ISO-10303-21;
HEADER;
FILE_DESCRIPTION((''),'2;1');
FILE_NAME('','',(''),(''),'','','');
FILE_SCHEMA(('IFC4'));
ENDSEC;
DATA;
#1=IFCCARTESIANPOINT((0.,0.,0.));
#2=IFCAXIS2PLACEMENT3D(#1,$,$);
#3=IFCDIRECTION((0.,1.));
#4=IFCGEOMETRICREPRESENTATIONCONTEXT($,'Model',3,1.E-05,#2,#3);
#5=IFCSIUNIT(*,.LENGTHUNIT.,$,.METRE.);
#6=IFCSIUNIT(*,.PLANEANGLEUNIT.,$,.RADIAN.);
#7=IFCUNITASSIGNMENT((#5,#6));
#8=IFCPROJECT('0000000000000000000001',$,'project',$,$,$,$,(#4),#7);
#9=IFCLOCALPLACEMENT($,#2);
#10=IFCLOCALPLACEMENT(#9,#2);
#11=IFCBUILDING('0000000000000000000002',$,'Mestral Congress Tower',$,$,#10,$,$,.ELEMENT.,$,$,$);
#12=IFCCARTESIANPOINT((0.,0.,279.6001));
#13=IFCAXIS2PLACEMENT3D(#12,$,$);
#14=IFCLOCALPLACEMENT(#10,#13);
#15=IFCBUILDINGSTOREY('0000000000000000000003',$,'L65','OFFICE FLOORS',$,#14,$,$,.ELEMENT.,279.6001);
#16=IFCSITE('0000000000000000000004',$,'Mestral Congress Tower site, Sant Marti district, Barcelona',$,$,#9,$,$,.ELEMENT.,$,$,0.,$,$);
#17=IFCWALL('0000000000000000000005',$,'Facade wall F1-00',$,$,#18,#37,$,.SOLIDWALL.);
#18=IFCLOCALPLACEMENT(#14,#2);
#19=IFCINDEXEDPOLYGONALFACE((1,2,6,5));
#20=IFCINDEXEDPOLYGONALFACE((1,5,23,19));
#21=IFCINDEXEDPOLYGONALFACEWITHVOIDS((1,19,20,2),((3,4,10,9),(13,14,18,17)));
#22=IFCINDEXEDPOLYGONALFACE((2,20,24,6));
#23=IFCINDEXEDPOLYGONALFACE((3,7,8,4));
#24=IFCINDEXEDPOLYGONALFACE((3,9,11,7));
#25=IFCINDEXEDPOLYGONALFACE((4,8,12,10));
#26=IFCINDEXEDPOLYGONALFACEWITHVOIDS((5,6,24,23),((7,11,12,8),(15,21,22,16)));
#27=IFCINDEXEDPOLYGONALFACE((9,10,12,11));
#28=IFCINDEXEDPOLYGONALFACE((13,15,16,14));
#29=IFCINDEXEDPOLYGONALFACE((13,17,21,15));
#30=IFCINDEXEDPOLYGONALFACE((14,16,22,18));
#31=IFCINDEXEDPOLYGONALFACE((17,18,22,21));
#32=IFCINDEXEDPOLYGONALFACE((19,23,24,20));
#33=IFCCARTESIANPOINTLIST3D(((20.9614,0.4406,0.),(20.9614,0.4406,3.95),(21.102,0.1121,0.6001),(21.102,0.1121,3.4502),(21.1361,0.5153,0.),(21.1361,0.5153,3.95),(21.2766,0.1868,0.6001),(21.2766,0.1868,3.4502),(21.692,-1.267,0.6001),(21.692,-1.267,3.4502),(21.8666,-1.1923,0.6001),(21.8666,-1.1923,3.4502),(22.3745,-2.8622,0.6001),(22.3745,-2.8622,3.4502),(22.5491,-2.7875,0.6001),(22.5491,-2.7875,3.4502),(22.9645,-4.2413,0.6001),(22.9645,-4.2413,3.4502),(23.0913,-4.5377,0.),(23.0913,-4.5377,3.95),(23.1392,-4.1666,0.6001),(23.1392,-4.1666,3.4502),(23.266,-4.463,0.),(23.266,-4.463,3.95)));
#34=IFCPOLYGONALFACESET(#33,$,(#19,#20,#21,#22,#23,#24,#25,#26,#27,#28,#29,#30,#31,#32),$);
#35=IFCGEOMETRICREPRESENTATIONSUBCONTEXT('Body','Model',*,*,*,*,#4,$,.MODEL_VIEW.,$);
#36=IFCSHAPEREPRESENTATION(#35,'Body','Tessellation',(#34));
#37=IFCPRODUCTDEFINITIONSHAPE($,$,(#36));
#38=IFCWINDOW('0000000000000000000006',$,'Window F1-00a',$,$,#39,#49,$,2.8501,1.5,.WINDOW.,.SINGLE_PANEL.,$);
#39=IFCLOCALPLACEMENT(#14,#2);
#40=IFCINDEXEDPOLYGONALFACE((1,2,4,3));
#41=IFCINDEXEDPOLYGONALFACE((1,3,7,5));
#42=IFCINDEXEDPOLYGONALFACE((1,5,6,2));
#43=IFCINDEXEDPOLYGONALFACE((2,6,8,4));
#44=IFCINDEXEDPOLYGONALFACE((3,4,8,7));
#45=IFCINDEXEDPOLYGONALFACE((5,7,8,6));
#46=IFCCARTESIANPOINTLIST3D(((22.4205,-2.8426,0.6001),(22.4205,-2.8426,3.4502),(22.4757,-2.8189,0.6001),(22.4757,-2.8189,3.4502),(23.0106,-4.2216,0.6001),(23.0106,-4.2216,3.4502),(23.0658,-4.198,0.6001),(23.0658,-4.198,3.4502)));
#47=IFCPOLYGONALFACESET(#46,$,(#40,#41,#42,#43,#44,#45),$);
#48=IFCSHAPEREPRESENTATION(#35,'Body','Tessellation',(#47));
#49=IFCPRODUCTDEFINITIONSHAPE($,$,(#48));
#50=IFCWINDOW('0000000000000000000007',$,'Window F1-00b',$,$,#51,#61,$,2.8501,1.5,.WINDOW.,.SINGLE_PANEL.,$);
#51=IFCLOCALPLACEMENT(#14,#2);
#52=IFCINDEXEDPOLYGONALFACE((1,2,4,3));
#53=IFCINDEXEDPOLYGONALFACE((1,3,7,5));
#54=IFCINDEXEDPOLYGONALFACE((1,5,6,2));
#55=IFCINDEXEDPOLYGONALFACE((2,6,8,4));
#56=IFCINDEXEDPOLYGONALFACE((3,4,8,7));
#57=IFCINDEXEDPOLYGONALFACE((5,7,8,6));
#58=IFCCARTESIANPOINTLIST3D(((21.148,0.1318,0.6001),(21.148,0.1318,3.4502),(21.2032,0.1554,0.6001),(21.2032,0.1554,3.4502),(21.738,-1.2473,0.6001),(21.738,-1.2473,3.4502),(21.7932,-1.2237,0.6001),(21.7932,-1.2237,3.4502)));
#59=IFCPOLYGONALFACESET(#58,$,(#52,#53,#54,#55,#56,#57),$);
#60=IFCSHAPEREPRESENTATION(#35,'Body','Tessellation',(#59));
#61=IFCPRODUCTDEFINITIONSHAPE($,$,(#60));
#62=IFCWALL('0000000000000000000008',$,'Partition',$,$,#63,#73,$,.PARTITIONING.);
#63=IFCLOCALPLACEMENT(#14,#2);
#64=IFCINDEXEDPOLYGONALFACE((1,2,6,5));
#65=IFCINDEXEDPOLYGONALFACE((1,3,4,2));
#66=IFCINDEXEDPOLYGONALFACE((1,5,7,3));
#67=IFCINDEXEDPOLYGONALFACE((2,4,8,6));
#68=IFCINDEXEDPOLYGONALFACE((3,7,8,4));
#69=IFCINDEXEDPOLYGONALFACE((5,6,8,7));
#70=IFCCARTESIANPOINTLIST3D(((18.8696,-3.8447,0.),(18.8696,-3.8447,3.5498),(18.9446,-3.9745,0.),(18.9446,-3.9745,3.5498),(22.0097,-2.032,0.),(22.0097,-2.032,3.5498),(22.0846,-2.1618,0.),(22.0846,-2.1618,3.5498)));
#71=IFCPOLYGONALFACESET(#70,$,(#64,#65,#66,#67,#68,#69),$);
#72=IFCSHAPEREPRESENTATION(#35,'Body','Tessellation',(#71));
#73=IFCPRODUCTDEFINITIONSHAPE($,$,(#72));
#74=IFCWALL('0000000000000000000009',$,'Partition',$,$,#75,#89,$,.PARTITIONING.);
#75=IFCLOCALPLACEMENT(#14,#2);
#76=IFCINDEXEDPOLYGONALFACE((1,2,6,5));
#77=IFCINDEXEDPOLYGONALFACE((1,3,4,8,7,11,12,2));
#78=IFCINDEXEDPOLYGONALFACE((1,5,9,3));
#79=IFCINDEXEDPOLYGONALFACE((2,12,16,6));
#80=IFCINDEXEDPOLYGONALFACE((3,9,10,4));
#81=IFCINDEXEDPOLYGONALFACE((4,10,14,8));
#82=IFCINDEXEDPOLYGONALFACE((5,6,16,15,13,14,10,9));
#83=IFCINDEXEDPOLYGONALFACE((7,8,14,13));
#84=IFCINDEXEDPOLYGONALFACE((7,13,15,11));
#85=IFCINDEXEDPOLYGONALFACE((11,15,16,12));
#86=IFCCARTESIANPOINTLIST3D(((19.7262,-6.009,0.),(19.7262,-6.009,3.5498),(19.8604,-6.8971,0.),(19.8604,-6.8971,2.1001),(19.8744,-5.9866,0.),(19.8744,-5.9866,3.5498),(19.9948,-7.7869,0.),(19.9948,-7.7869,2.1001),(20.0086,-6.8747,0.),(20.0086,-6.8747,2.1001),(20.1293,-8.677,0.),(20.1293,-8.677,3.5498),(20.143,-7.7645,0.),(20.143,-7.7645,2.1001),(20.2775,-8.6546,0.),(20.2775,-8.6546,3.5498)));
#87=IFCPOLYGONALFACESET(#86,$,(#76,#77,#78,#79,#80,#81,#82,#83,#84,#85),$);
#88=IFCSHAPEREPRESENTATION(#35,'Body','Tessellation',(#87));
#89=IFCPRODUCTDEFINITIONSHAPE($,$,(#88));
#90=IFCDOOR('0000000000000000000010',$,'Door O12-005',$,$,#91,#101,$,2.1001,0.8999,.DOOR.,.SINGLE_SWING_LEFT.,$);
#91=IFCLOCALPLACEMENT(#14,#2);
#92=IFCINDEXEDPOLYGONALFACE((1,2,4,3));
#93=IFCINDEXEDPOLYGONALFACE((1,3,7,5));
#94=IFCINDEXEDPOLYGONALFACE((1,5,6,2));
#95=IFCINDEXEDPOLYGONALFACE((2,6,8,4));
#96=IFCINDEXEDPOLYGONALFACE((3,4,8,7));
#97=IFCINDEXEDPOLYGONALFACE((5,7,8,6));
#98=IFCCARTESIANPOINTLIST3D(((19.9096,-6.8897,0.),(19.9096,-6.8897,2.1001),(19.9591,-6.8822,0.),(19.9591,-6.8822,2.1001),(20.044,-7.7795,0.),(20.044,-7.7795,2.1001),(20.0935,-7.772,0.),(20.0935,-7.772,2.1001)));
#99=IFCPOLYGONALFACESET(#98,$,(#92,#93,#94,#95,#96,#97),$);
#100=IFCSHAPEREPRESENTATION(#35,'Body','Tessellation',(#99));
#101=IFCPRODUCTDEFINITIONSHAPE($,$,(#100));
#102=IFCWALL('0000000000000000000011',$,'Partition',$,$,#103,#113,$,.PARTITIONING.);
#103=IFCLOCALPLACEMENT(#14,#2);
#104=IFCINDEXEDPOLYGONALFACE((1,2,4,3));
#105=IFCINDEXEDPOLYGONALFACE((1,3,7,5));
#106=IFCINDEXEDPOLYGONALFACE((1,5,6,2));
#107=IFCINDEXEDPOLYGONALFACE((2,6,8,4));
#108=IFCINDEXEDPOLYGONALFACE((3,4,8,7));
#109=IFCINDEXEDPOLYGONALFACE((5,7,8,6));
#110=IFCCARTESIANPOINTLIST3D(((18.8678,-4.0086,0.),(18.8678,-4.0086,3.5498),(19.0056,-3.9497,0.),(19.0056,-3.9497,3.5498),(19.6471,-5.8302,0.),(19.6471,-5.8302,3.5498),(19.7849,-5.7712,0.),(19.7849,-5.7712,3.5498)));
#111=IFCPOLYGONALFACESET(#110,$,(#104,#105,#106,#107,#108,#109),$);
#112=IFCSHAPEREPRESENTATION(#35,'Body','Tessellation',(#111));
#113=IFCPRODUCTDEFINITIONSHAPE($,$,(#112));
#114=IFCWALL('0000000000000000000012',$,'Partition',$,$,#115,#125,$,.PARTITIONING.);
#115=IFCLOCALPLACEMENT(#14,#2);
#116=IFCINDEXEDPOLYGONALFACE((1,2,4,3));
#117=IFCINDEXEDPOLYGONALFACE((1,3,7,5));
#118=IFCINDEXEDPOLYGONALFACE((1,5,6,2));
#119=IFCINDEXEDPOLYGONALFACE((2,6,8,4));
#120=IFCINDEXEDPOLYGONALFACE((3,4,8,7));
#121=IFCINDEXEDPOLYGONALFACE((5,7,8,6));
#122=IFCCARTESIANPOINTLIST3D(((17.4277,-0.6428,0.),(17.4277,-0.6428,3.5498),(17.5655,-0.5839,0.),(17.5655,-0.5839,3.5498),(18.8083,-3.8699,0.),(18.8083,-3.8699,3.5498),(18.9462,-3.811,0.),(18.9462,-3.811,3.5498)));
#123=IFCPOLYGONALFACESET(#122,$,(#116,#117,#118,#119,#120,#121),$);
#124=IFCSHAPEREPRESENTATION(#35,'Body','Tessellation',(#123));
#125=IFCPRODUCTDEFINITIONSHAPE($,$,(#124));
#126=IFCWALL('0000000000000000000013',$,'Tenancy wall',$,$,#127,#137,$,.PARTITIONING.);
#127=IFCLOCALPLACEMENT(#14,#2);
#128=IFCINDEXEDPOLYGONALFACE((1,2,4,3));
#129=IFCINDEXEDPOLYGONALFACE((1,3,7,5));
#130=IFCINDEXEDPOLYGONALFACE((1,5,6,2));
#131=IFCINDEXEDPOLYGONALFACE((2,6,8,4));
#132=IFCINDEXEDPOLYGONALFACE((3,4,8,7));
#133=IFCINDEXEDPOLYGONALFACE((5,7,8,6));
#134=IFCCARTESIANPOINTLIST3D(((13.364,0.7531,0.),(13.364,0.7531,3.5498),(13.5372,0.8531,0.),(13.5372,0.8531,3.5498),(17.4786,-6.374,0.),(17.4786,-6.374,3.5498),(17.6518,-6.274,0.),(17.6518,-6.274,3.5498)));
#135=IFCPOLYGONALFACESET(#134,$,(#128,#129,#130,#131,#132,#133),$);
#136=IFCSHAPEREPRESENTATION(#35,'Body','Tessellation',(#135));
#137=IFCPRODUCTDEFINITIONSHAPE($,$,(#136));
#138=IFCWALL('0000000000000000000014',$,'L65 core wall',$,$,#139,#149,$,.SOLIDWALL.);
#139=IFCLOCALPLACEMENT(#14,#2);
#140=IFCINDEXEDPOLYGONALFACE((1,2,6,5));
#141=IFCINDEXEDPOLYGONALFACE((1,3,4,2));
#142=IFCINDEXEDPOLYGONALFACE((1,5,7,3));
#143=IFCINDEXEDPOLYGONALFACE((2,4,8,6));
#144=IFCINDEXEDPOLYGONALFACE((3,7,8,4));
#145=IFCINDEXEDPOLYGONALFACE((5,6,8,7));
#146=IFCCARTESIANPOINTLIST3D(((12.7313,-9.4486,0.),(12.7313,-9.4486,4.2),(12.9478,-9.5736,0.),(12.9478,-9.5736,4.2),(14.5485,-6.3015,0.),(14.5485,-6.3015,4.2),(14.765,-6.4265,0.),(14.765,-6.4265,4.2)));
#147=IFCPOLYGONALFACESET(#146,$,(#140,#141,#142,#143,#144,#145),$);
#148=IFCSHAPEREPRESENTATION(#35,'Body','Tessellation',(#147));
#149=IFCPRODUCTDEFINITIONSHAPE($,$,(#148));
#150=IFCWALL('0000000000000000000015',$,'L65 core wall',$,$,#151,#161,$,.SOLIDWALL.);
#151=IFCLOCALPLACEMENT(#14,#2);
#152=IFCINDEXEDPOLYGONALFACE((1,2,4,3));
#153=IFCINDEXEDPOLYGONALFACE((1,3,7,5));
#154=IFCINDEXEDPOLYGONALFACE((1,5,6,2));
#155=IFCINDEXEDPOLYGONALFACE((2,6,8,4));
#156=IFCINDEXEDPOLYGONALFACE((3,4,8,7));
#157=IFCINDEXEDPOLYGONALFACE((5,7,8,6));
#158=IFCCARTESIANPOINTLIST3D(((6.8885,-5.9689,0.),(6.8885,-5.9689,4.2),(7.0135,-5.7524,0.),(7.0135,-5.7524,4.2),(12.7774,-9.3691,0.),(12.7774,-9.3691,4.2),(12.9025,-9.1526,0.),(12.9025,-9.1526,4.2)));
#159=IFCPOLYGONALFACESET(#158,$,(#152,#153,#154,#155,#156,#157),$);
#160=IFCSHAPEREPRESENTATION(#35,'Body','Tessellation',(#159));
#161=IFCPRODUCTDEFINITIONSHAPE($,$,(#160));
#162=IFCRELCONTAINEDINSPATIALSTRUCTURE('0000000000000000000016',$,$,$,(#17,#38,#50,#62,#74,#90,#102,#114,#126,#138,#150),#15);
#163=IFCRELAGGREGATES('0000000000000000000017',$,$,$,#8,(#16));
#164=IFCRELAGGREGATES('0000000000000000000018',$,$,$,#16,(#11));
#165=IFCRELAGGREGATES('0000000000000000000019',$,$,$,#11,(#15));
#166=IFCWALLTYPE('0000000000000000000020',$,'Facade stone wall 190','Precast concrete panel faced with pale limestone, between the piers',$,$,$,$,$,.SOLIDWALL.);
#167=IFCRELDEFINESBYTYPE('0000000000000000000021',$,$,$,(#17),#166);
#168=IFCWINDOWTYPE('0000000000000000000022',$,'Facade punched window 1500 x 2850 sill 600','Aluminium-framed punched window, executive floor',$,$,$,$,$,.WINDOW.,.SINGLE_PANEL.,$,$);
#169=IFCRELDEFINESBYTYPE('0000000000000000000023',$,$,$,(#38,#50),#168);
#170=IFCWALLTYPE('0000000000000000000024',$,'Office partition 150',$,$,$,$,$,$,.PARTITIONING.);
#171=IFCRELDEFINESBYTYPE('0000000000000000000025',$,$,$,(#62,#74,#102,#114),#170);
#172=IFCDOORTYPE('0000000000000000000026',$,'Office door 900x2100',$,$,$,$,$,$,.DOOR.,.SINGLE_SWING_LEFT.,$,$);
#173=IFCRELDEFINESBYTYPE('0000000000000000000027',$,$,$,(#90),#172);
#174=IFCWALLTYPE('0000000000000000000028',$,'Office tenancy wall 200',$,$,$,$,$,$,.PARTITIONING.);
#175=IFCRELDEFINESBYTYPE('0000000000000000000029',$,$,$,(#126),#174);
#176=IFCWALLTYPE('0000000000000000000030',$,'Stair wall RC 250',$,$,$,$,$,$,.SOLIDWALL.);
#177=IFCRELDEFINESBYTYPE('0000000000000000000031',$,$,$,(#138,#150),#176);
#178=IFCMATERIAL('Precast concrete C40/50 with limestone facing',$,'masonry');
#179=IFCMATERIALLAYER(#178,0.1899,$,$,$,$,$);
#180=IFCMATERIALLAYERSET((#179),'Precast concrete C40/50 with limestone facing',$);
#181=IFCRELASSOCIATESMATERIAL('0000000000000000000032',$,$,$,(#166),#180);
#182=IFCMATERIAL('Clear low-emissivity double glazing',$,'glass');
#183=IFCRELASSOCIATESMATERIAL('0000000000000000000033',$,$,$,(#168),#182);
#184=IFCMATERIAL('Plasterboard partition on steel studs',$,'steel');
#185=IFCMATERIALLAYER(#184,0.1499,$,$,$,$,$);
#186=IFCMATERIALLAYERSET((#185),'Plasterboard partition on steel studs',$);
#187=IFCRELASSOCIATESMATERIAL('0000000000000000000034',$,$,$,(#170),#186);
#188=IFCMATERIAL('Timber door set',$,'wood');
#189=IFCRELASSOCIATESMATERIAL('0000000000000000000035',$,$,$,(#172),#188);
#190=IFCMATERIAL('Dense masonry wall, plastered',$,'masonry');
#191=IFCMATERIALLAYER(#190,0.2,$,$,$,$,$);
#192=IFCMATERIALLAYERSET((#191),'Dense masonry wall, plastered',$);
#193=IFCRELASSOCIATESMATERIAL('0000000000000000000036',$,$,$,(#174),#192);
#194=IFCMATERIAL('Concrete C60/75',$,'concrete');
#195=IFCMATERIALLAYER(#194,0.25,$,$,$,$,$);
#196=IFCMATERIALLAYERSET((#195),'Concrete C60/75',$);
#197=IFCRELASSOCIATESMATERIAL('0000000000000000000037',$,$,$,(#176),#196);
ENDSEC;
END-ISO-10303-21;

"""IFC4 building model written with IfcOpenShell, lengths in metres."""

from ifc_helpers import new_model, si_unit, direction, frame, frame_2d, origin, place, context, subcontext, project, spatial, rectangle, extrude, material, layer, layer_set, type_object, element, fill, save


model = new_model("IFC4")

# Units and contexts
model_context = context("Model", 3, precision=1e-05, world=origin(), true_north=direction((0.0, 1.0)))
body_context = subcontext(model_context, "Body", "Model", "MODEL_VIEW")
ifc_project = project(units=[si_unit("LENGTHUNIT", "METRE"), si_unit("PLANEANGLEUNIT", "RADIAN")], contexts=[model_context])

# Site, building, storey
site_placement = place(None, origin())
site = spatial("IfcSite", under=ifc_project, at=site_placement, Name="Mestral Congress Tower site, Sant Marti district, Barcelona", CompositionType="ELEMENT", RefElevation=0.0)
building_placement = place(site_placement, origin())
building = spatial("IfcBuilding", under=site, at=building_placement, Name="Mestral Congress Tower", CompositionType="ELEMENT")
storey_placement = place(building_placement, frame((0.0, 0.0, 279.6001)))
storey = spatial("IfcBuildingStorey", under=building, at=storey_placement, Name="L65", Description="OFFICE FLOORS", CompositionType="ELEMENT", Elevation=279.6001)

# Shared definitions
ifc_material_1 = material(Name="Concrete C60/75", Category="concrete")

# Shared definitions
ifc_material_2 = material(Name="Precast concrete C40/50 with limestone facing", Category="masonry")
ifc_layer_1 = layer(ifc_material_2, 0.1899)
ifc_layer_set_1 = layer_set([ifc_layer_1], Name="Precast concrete C40/50 with limestone facing")
wall_type_1 = type_object("IfcWallType", Name="Facade stone wall 190", Description="Precast concrete panel faced with pale limestone, between the piers", PredefinedType="SOLIDWALL", material=ifc_layer_set_1)
ifc_material_3 = material(Name="Clear low-emissivity double glazing", Category="glass")

# Wall, openings, windows
wall_1_placement = place(storey_placement, frame((23.1787, -4.5005, 0.0), z_axis=(0.0, 0.0, 1.0), x_axis=(-0.393348, 0.91939, 0.0)))
wall_1 = element("IfcWall", 1, at=wall_1_placement, inside=storey, type_object=wall_type_1, Name="Facade wall F1-00", PredefinedType="SOLIDWALL", context=body_context, shape_type="SweptSolid", body=[
    extrude(rectangle(XDim=5.4148, YDim=0.1899, at=frame_2d((2.7075, 0.0))), origin(), (0.0, 0.0, 1.0), 3.95),
])
opening_1_placement = place(wall_1_placement, frame((0.3225, 0.0, 0.6001)))
opening_1 = element("IfcOpeningElement", 2, at=opening_1_placement, cuts=wall_1, PredefinedType="OPENING", context=body_context, shape_type="SweptSolid", body=[
    extrude(rectangle(XDim=1.5, YDim=2.8501, at=frame_2d((0.75, 1.425))), frame((0.0, 0.105, 0.0), z_axis=(0.0, -1.0, 0.0), x_axis=(1.0, 0.0, 0.0)), (0.0, 0.0, 1.0), 0.21),
])
opening_2_placement = place(wall_1_placement, frame((3.5576, 0.0, 0.6001)))
opening_2 = element("IfcOpeningElement", 3, at=opening_2_placement, cuts=wall_1, PredefinedType="OPENING", context=body_context, shape_type="SweptSolid", body=[
    extrude(rectangle(XDim=1.5, YDim=2.8501, at=frame_2d((0.75, 1.425))), frame((0.0, 0.105, 0.0), z_axis=(0.0, -1.0, 0.0), x_axis=(1.0, 0.0, 0.0)), (0.0, 0.0, 1.0), 0.21),
])
window_type_1 = type_object("IfcWindowType", Name="Facade punched window 1500 x 2850 sill 600", Description="Aluminium-framed punched window, executive floor", PartitioningType="SINGLE_PANEL", PredefinedType="WINDOW", material=ifc_material_3)
window_1_placement = place(opening_1_placement, origin())
window_1 = element("IfcWindow", 4, at=window_1_placement, inside=storey, type_object=window_type_1, Name="Window F1-00a", OverallHeight=2.8501, OverallWidth=1.5, PartitioningType="SINGLE_PANEL", PredefinedType="WINDOW", context=body_context, shape_type="SweptSolid", body=[
    extrude(rectangle(XDim=1.5, YDim=2.8501, at=frame_2d((0.75, 1.425))), frame((0.0, 0.0449, 0.0), z_axis=(0.0, -1.0, 0.0), x_axis=(1.0, 0.0, 0.0)), (0.0, 0.0, 1.0), 0.0601),
])
fill(opening_1, window_1)
window_2_placement = place(opening_2_placement, origin())
window_2 = element("IfcWindow", 5, at=window_2_placement, inside=storey, type_object=window_type_1, Name="Window F1-00b", OverallHeight=2.8501, OverallWidth=1.5, PartitioningType="SINGLE_PANEL", PredefinedType="WINDOW", context=body_context, shape_type="SweptSolid", body=[
    extrude(rectangle(XDim=1.5, YDim=2.8501, at=frame_2d((0.75, 1.425))), frame((0.0, 0.0449, 0.0), z_axis=(0.0, -1.0, 0.0), x_axis=(1.0, 0.0, 0.0)), (0.0, 0.0, 1.0), 0.0601),
])
fill(opening_2, window_2)

# Wall
ifc_material_4 = material(Name="Plasterboard partition on steel studs", Category="steel")
ifc_layer_2 = layer(ifc_material_4, 0.1499)
ifc_layer_set_2 = layer_set([ifc_layer_2], Name="Plasterboard partition on steel studs")
wall_type_2 = type_object("IfcWallType", Name="Office partition 150", PredefinedType="PARTITIONING", material=ifc_layer_set_2)
wall_2_placement = place(storey_placement, frame((18.907, -3.9097, 0.0), z_axis=(0.0, 0.0, 1.0), x_axis=(0.866051, 0.499956, 0.0)))
element("IfcWall", 6, at=wall_2_placement, inside=storey, type_object=wall_type_2, Name="Partition", PredefinedType="PARTITIONING", context=body_context, shape_type="SweptSolid", body=[
    extrude(rectangle(XDim=3.6257, YDim=0.1499, at=frame_2d((1.813, 0.0))), origin(), (0.0, 0.0, 1.0), 3.5498),
])

# Wall, opening, door
wall_3_placement = place(storey_placement, frame((19.8003, -5.9978, 0.0), z_axis=(0.0, 0.0, 1.0), x_axis=(0.149385, -0.988779, 0.0)))
wall_3 = element("IfcWall", 7, at=wall_3_placement, inside=storey, type_object=wall_type_2, Name="Partition", PredefinedType="PARTITIONING", context=body_context, shape_type="SweptSolid", body=[
    extrude(rectangle(XDim=2.6982, YDim=0.1499, at=frame_2d((1.3491, 0.0))), origin(), (0.0, 0.0, 1.0), 3.5498),
])
opening_3_placement = place(wall_3_placement, frame((0.8982, 0.0, 0.0)))
opening_3 = element("IfcOpeningElement", 8, at=opening_3_placement, cuts=wall_3, PredefinedType="OPENING", context=body_context, shape_type="SweptSolid", body=[
    extrude(rectangle(XDim=0.8999, YDim=2.1001, at=frame_2d((0.45, 1.05))), frame((0.0, 0.085, 0.0), z_axis=(0.0, -1.0, 0.0), x_axis=(1.0, 0.0, 0.0)), (0.0, 0.0, 1.0), 0.1699),
])
ifc_material_5 = material(Name="Timber door set", Category="wood")
door_type_1 = type_object("IfcDoorType", Name="Office door 900x2100", OperationType="SINGLE_SWING_LEFT", PredefinedType="DOOR", material=ifc_material_5)
door_1_placement = place(opening_3_placement, origin())
door_1 = element("IfcDoor", 9, at=door_1_placement, inside=storey, type_object=door_type_1, Name="Door O12-005", OperationType="SINGLE_SWING_LEFT", OverallHeight=2.1001, OverallWidth=0.8999, PredefinedType="DOOR", context=body_context, shape_type="SweptSolid", body=[
    extrude(rectangle(XDim=0.8999, YDim=2.1001, at=frame_2d((0.45, 1.05))), frame((0.0, 0.0249, 0.0), z_axis=(0.0, -1.0, 0.0), x_axis=(1.0, 0.0, 0.0)), (0.0, 0.0, 1.0), 0.05),
])
fill(opening_3, door_1)

# Walls
wall_4_placement = place(storey_placement, frame((19.7161, -5.8008, 0.0), z_axis=(0.0, 0.0, 1.0), x_axis=(-0.393339, 0.919393, 0.0)))
element("IfcWall", 10, at=wall_4_placement, inside=storey, type_object=wall_type_2, Name="Partition", PredefinedType="PARTITIONING", context=body_context, shape_type="SweptSolid", body=[
    extrude(rectangle(XDim=1.9812, YDim=0.1499, at=frame_2d((0.9907, 0.0))), origin(), (0.0, 0.0, 1.0), 3.5498),
])
wall_5_placement = place(storey_placement, frame((18.8772, -3.8403, 0.0), z_axis=(0.0, 0.0, 1.0), x_axis=(-0.39334, 0.919393, 0.0)))
element("IfcWall", 11, at=wall_5_placement, inside=storey, type_object=wall_type_2, Name="Partition", PredefinedType="PARTITIONING", context=body_context, shape_type="SweptSolid", body=[
    extrude(rectangle(XDim=3.51, YDim=0.1499, at=frame_2d((1.7549, 0.0))), origin(), (0.0, 0.0, 1.0), 3.5498),
])
ifc_material_6 = material(Name="Dense masonry wall, plastered", Category="masonry")
ifc_layer_3 = layer(ifc_material_6, 0.2)
ifc_layer_set_3 = layer_set([ifc_layer_3], Name="Dense masonry wall, plastered")
wall_type_3 = type_object("IfcWallType", Name="Office tenancy wall 200", PredefinedType="PARTITIONING", material=ifc_layer_set_3)
wall_6_placement = place(storey_placement, frame((17.5652, -6.324, 0.0), z_axis=(0.0, 0.0, 1.0), x_axis=(-0.499978, 0.866038, 0.0)))
element("IfcWall", 12, at=wall_6_placement, inside=storey, type_object=wall_type_3, Name="Tenancy wall", PredefinedType="PARTITIONING", context=body_context, shape_type="SweptSolid", body=[
    extrude(rectangle(XDim=8.2295, YDim=0.2, at=frame_2d((4.1147, 0.0))), origin(), (0.0, 0.0, 1.0), 3.5498),
])
ifc_layer_4 = layer(ifc_material_1, 0.25)
ifc_layer_set_4 = layer_set([ifc_layer_4], Name="Concrete C60/75")
wall_type_4 = type_object("IfcWallType", Name="Stair wall RC 250", PredefinedType="SOLIDWALL", material=ifc_layer_set_4)
wall_7_placement = place(storey_placement, frame((12.8396, -9.511, 0.0), z_axis=(0.0, 0.0, 1.0), x_axis=(0.500048, 0.865998, 0.0)))
element("IfcWall", 13, at=wall_7_placement, inside=storey, type_object=wall_type_4, Name="L65 core wall", PredefinedType="SOLIDWALL", context=body_context, shape_type="SweptSolid", body=[
    extrude(rectangle(XDim=3.634, YDim=0.25, at=frame_2d((1.8169, 0.0))), origin(), (0.0, 0.0, 1.0), 4.2),
])
wall_8_placement = place(storey_placement, frame((12.8398, -9.2607, 0.0), z_axis=(0.0, 0.0, 1.0), x_axis=(-0.866014, 0.50002, 0.0)))
element("IfcWall", 14, at=wall_8_placement, inside=storey, type_object=wall_type_4, Name="L65 core wall", PredefinedType="SOLIDWALL", context=body_context, shape_type="SweptSolid", body=[
    extrude(rectangle(XDim=6.8, YDim=0.25, at=frame_2d((3.3999, 0.0))), origin(), (0.0, 0.0, 1.0), 4.2),
])

save(model, "model.ifc")
